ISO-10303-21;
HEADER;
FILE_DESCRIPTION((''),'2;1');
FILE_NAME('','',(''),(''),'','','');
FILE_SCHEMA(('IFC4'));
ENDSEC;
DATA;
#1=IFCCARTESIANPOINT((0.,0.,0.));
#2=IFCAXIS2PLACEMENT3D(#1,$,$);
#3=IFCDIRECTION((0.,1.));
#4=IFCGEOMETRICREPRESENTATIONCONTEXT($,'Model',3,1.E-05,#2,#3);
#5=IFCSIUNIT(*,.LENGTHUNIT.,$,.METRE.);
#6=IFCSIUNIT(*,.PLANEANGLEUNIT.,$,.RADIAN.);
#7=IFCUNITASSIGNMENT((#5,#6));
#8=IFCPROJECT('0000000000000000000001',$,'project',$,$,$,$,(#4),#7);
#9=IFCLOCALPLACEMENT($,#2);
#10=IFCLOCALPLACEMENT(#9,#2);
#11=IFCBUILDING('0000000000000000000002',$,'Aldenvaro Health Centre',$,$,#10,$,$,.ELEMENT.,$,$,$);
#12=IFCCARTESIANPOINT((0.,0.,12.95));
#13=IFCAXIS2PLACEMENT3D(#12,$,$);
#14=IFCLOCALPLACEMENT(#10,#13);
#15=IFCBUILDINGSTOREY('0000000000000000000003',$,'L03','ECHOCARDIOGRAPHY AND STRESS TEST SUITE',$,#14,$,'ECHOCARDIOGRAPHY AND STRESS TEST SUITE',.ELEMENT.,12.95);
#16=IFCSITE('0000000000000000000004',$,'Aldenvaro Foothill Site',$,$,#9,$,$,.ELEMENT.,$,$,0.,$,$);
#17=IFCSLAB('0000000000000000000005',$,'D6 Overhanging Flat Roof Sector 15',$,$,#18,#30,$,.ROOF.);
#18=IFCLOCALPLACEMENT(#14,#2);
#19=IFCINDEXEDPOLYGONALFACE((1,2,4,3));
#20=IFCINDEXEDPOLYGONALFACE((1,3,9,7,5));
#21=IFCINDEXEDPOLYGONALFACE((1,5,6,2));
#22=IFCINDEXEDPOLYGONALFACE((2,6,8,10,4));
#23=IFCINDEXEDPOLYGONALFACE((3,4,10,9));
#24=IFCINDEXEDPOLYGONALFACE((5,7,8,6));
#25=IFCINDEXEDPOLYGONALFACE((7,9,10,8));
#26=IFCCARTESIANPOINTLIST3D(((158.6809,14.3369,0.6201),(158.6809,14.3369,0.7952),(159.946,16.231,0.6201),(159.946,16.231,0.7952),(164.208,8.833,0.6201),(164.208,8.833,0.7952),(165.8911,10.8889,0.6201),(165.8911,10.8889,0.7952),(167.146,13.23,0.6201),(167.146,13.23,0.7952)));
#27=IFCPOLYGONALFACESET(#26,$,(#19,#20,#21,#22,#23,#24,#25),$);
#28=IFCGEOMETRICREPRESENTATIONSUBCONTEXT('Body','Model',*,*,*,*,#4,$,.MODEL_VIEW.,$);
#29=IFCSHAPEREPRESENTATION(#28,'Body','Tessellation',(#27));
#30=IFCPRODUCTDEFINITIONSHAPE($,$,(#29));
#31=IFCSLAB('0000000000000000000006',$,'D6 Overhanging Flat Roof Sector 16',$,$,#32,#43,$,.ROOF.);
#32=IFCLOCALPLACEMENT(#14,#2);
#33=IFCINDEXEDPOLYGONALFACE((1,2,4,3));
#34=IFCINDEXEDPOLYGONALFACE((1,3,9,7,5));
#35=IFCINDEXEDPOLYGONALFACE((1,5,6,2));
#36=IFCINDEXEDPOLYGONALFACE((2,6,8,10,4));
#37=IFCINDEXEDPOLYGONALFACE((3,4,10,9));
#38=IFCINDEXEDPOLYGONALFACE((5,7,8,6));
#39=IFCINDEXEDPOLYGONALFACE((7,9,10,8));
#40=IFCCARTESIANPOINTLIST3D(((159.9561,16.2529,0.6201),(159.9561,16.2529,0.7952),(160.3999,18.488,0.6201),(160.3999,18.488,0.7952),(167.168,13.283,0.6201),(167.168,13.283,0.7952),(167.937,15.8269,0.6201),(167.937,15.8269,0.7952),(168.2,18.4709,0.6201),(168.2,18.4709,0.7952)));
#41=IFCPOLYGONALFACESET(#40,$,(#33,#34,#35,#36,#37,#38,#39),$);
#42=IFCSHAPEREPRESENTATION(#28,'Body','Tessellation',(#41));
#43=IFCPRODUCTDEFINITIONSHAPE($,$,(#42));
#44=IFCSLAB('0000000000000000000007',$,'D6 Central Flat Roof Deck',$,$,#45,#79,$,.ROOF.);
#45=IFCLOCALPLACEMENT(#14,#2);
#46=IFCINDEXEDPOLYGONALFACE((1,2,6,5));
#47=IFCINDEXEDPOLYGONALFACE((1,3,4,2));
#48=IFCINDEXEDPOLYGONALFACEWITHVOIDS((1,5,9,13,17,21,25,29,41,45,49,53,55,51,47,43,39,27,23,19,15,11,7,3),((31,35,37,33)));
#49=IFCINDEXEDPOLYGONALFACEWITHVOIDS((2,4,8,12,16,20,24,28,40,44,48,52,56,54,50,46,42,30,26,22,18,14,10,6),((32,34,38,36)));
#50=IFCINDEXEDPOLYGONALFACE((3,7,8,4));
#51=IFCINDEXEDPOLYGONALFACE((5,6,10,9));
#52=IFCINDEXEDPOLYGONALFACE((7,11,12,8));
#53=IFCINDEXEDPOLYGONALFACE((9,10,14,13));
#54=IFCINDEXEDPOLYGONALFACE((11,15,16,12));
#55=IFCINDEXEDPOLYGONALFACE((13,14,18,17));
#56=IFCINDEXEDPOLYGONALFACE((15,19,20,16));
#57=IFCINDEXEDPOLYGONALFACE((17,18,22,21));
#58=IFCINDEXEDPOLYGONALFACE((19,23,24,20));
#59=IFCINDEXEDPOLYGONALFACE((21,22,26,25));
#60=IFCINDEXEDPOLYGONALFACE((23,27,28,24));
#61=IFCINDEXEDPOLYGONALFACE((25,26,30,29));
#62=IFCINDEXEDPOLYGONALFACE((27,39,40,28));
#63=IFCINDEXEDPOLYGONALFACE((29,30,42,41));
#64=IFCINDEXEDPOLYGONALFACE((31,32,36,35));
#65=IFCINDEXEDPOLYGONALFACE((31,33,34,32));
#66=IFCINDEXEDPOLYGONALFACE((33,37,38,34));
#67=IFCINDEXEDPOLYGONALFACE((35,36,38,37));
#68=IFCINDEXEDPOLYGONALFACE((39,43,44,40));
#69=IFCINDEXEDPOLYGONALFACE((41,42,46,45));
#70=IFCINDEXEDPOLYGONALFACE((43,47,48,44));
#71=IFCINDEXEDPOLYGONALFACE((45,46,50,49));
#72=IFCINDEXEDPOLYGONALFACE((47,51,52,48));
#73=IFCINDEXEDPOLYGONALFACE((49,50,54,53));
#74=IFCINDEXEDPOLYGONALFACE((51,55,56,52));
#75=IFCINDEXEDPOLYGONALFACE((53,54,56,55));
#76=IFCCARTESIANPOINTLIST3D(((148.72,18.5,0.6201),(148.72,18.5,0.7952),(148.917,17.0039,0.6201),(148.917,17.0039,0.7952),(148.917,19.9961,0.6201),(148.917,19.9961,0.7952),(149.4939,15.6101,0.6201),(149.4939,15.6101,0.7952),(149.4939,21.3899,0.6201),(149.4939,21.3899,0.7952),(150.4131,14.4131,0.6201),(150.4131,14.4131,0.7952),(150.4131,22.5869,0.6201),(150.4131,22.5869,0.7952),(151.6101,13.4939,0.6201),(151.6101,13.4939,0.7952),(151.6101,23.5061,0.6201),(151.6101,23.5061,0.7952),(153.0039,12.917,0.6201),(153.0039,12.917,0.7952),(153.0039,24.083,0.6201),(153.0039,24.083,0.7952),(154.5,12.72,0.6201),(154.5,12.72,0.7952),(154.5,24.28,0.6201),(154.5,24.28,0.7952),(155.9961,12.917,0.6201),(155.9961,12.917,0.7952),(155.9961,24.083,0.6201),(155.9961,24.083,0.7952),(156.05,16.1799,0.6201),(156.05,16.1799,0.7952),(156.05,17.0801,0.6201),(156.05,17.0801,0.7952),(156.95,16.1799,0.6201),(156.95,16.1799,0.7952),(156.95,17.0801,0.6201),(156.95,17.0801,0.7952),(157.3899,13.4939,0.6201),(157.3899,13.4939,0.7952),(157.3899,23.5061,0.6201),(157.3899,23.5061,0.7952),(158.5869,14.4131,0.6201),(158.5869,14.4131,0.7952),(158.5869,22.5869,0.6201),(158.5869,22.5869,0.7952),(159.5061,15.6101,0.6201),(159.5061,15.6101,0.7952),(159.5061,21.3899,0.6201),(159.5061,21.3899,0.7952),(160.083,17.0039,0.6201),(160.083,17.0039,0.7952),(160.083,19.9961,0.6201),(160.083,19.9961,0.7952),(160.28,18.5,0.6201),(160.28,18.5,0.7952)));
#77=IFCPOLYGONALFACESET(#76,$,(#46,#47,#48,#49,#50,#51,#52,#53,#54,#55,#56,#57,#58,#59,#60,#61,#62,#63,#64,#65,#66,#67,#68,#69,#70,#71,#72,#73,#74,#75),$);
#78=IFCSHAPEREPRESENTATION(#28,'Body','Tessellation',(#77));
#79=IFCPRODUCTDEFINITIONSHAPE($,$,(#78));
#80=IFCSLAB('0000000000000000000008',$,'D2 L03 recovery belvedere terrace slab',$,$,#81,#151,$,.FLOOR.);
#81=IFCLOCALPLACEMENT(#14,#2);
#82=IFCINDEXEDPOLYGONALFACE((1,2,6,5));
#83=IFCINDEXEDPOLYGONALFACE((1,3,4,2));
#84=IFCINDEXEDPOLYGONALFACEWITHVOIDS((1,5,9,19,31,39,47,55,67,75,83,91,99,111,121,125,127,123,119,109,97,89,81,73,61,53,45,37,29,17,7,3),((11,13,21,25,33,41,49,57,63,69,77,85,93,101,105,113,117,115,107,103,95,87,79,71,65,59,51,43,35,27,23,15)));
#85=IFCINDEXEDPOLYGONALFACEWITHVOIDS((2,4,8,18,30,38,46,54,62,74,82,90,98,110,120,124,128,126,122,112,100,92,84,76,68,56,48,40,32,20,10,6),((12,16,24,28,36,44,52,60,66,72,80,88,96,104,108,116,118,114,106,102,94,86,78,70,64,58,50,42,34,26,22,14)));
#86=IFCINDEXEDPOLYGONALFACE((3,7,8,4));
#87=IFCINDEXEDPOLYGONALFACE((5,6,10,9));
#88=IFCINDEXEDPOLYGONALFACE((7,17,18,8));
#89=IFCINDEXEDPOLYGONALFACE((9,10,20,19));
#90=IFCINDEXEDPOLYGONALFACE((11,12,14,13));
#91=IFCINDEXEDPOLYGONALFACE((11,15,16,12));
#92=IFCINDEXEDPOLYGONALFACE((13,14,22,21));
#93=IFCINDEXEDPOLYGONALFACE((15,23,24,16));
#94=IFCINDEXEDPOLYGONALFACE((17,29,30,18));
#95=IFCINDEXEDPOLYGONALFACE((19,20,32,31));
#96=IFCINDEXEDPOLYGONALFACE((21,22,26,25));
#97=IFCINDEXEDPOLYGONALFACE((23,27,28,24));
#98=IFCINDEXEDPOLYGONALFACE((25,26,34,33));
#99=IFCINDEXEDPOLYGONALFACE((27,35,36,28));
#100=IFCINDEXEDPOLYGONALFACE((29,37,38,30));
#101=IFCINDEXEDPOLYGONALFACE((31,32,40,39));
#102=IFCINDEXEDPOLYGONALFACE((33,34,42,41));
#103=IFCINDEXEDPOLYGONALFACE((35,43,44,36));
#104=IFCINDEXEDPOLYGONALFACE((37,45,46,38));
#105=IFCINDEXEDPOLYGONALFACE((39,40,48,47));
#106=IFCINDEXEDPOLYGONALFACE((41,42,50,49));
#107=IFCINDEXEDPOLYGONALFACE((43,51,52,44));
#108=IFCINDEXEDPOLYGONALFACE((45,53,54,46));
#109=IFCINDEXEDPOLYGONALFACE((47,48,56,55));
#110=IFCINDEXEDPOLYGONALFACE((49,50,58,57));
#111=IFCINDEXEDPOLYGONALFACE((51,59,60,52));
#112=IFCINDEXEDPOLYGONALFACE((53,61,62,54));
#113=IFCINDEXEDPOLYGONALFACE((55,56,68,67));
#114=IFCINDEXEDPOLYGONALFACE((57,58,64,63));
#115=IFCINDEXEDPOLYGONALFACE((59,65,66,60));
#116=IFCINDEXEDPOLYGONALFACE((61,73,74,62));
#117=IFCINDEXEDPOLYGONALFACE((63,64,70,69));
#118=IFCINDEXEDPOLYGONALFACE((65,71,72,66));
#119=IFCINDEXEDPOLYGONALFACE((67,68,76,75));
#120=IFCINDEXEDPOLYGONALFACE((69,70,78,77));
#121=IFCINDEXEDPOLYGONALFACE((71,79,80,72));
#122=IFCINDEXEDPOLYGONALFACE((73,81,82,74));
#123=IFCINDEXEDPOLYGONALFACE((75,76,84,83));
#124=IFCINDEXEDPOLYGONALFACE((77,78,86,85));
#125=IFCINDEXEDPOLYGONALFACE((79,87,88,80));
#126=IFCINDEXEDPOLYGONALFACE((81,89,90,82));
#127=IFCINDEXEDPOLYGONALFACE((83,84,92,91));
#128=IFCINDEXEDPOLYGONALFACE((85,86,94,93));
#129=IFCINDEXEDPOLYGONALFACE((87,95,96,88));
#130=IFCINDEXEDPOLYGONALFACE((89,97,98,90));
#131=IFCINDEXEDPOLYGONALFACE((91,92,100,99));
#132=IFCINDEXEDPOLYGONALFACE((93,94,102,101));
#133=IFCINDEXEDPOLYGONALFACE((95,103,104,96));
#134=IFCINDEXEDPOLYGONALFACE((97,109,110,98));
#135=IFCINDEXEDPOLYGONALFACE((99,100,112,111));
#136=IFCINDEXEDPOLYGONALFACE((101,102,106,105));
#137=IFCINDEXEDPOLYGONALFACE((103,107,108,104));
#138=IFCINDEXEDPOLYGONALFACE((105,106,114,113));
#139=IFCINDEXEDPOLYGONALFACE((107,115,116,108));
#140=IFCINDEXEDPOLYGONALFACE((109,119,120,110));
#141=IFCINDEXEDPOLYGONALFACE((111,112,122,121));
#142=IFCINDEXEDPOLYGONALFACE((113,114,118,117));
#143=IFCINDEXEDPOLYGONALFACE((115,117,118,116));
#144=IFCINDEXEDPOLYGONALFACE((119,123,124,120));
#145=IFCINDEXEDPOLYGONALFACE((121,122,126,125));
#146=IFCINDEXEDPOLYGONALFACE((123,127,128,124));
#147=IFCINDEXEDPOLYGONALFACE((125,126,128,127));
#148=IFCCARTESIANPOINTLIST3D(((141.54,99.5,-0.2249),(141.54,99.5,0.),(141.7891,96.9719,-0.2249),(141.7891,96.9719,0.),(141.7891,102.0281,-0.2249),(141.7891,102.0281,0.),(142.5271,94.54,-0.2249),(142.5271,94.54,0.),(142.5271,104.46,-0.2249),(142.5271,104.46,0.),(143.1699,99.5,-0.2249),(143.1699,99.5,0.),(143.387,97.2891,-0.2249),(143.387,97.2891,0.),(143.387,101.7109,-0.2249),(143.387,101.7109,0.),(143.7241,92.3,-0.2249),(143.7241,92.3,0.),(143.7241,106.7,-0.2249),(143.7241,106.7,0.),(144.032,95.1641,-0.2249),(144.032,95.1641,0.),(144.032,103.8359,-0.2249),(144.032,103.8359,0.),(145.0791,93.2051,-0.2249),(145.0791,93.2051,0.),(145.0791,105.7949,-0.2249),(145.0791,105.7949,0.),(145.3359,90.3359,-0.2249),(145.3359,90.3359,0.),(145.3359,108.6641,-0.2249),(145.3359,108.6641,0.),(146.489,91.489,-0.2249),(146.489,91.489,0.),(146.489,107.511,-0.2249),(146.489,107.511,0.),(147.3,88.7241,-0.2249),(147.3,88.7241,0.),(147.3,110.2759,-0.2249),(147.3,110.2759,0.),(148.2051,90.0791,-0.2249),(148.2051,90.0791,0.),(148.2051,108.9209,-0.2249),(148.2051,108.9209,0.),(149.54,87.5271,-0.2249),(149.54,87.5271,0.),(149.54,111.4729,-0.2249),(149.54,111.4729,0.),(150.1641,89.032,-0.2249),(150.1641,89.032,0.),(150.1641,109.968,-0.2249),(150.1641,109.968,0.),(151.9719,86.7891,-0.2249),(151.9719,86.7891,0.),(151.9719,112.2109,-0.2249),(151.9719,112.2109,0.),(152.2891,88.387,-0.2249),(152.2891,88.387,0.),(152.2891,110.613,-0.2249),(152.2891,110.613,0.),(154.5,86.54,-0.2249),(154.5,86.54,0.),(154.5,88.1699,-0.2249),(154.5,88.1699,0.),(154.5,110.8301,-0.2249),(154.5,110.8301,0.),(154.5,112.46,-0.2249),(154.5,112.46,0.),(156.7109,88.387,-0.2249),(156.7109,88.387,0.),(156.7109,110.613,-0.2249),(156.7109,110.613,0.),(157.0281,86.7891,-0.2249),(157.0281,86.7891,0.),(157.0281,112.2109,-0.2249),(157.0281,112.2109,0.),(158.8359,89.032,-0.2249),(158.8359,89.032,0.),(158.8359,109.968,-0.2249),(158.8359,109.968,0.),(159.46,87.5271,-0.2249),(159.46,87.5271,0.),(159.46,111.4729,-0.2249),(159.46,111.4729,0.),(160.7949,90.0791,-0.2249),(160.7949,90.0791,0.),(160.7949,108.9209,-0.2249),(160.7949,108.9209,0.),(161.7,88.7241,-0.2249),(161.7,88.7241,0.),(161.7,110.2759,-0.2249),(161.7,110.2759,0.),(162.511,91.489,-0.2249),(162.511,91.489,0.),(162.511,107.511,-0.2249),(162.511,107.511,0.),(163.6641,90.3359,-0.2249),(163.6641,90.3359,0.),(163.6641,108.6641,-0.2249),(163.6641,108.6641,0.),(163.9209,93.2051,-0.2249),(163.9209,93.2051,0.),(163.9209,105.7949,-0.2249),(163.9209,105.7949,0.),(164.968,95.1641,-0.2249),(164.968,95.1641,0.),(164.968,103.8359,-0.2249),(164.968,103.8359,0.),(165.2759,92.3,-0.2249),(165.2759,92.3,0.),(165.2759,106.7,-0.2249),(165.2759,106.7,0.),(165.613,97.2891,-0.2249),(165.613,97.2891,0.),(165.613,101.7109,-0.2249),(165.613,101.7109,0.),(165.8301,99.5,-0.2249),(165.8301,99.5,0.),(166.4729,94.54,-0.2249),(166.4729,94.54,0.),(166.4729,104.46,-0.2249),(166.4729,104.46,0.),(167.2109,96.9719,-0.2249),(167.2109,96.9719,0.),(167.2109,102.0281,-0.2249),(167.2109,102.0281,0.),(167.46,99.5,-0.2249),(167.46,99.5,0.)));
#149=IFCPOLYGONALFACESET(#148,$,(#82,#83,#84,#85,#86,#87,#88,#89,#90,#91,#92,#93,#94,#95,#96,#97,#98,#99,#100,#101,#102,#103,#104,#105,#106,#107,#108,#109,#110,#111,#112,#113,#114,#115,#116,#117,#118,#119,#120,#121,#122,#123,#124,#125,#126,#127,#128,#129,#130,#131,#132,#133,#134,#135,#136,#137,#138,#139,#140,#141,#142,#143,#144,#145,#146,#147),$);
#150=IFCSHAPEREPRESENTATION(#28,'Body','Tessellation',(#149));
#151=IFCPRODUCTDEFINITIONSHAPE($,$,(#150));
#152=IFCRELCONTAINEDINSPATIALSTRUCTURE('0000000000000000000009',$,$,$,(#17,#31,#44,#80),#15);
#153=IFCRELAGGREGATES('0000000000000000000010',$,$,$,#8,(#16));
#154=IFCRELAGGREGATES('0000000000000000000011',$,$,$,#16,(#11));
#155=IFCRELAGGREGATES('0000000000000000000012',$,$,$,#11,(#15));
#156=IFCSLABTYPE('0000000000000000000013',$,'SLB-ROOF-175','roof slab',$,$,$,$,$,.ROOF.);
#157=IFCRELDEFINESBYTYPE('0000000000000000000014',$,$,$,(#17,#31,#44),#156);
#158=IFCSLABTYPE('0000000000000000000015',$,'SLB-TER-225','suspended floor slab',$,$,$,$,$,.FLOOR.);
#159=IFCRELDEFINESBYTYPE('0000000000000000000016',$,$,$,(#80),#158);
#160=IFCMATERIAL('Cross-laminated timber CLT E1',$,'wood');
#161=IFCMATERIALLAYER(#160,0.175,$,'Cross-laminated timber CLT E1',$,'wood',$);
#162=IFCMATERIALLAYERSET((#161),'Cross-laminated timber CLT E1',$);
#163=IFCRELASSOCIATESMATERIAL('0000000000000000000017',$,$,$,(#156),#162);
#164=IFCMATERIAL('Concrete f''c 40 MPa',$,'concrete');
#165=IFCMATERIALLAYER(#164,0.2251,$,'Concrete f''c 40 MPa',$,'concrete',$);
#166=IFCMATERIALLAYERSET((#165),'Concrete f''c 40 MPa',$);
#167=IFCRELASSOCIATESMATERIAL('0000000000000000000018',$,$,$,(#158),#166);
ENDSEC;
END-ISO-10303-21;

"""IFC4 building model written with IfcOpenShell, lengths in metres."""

from ifc_helpers import new_model, si_unit, direction, frame, origin, place, context, subcontext, project, spatial, polyline, outline, extrude, material, layer, layer_set, type_object, element, save


model = new_model("IFC4")

# Units and contexts
model_context = context("Model", 3, precision=1e-05, world=origin(), true_north=direction((0.0, 1.0)))
body_context = subcontext(model_context, "Body", "Model", "MODEL_VIEW")
ifc_project = project(units=[si_unit("LENGTHUNIT", "METRE"), si_unit("PLANEANGLEUNIT", "RADIAN")], contexts=[model_context])

# Site, building, storey
site_placement = place(None, origin())
site = spatial("IfcSite", under=ifc_project, at=site_placement, Name="Aldenvaro Foothill Site", CompositionType="ELEMENT", RefElevation=0.0)
building_placement = place(site_placement, origin())
building = spatial("IfcBuilding", under=site, at=building_placement, Name="Aldenvaro Health Centre", CompositionType="ELEMENT")
storey_placement = place(building_placement, frame((0.0, 0.0, 12.95)))
storey = spatial("IfcBuildingStorey", under=building, at=storey_placement, Name="L03", Description="ECHOCARDIOGRAPHY AND STRESS TEST SUITE", LongName="ECHOCARDIOGRAPHY AND STRESS TEST SUITE", CompositionType="ELEMENT", Elevation=12.95)

# Slabs
ifc_material_1 = material(Name="Cross-laminated timber CLT E1", Category="wood")
ifc_layer_1 = layer(ifc_material_1, 0.175, Name="Cross-laminated timber CLT E1", Category="wood")
ifc_layer_set_1 = layer_set([ifc_layer_1], Name="Cross-laminated timber CLT E1")
slab_type_1 = type_object("IfcSlabType", Name="SLB-ROOF-175", Description="roof slab", PredefinedType="ROOF", material=ifc_layer_set_1)
slab_1_placement = place(storey_placement, frame((0.0, 0.0, 0.6201)))
element("IfcSlab", 1, at=slab_1_placement, inside=storey, type_object=slab_type_1, Name="D6 Overhanging Flat Roof Sector 15", PredefinedType="ROOF", context=body_context, shape_type="SweptSolid", body=[
    extrude(outline(polyline([(164.208, 8.833), (165.8911, 10.8889), (167.146, 13.23), (159.946, 16.231), (158.6809, 14.3369), (164.208, 8.833)])), origin(), (0.0, 0.0, 1.0), 0.175),
])
slab_2_placement = place(storey_placement, frame((0.0, 0.0, 0.6201)))
element("IfcSlab", 2, at=slab_2_placement, inside=storey, type_object=slab_type_1, Name="D6 Overhanging Flat Roof Sector 16", PredefinedType="ROOF", context=body_context, shape_type="SweptSolid", body=[
    extrude(outline(polyline([(167.168, 13.283), (167.937, 15.8269), (168.2, 18.4709), (160.3999, 18.488), (159.9561, 16.2529), (167.168, 13.283)])), origin(), (0.0, 0.0, 1.0), 0.175),
])
slab_3_placement = place(storey_placement, frame((0.0, 0.0, 0.6201)))
element("IfcSlab", 3, at=slab_3_placement, inside=storey, type_object=slab_type_1, Name="D6 Central Flat Roof Deck", PredefinedType="ROOF", context=body_context, shape_type="SweptSolid", body=[
    extrude(outline(polyline([(160.28, 18.5), (160.083, 19.9961), (159.5061, 21.3899), (158.5869, 22.5869), (157.3899, 23.5061), (155.9961, 24.083), (154.5, 24.28), (153.0039, 24.083), (151.6101, 23.5061), (150.4131, 22.5869), (149.4939, 21.3899), (148.917, 19.9961), (148.72, 18.5), (148.917, 17.0039), (149.4939, 15.6101), (150.4131, 14.4131), (151.6101, 13.4939), (153.0039, 12.917), (154.5, 12.72), (155.9961, 12.917), (157.3899, 13.4939), (158.5869, 14.4131), (159.5061, 15.6101), (160.083, 17.0039), (160.28, 18.5)]), holes=[polyline([(156.05, 16.1799), (156.05, 17.0801), (156.95, 17.0801), (156.95, 16.1799), (156.05, 16.1799)])]), origin(), (0.0, 0.0, 1.0), 0.175),
])
ifc_material_2 = material(Name="Concrete f'c 40 MPa", Category="concrete")
ifc_layer_2 = layer(ifc_material_2, 0.2251, Name="Concrete f'c 40 MPa", Category="concrete")
ifc_layer_set_2 = layer_set([ifc_layer_2], Name="Concrete f'c 40 MPa")
slab_type_2 = type_object("IfcSlabType", Name="SLB-TER-225", Description="suspended floor slab", PredefinedType="FLOOR", material=ifc_layer_set_2)
slab_4_placement = place(storey_placement, frame((0.0, 0.0, -0.2249)))
element("IfcSlab", 4, at=slab_4_placement, inside=storey, type_object=slab_type_2, Name="D2 L03 recovery belvedere terrace slab", PredefinedType="FLOOR", context=body_context, shape_type="SweptSolid", body=[
    extrude(outline(polyline([(167.2109, 96.9719), (166.4729, 94.54), (165.2759, 92.3), (163.6641, 90.3359), (161.7, 88.7241), (159.46, 87.5271), (157.0281, 86.7891), (154.5, 86.54), (151.9719, 86.7891), (149.54, 87.5271), (147.3, 88.7241), (145.3359, 90.3359), (143.7241, 92.3), (142.5271, 94.54), (141.7891, 96.9719), (141.54, 99.5), (141.7891, 102.0281), (142.5271, 104.46), (143.7241, 106.7), (145.3359, 108.6641), (147.3, 110.2759), (149.54, 111.4729), (151.9719, 112.2109), (154.5, 112.46), (157.0281, 112.2109), (159.46, 111.4729), (161.7, 110.2759), (163.6641, 108.6641), (165.2759, 106.7), (166.4729, 104.46), (167.2109, 102.0281), (167.46, 99.5), (167.2109, 96.9719)]), holes=[polyline([(165.613, 101.7109), (164.968, 103.8359), (163.9209, 105.7949), (162.511, 107.511), (160.7949, 108.9209), (158.8359, 109.968), (156.7109, 110.613), (154.5, 110.8301), (152.2891, 110.613), (150.1641, 109.968), (148.2051, 108.9209), (146.489, 107.511), (145.0791, 105.7949), (144.032, 103.8359), (143.387, 101.7109), (143.1699, 99.5), (143.387, 97.2891), (144.032, 95.1641), (145.0791, 93.2051), (146.489, 91.489), (148.2051, 90.0791), (150.1641, 89.032), (152.2891, 88.387), (154.5, 88.1699), (156.7109, 88.387), (158.8359, 89.032), (160.7949, 90.0791), (162.511, 91.489), (163.9209, 93.2051), (164.968, 95.1641), (165.613, 97.2891), (165.8301, 99.5), (165.613, 101.7109)])]), origin(), (0.0, 0.0, 1.0), 0.2249),
])

save(model, "model.ifc")
